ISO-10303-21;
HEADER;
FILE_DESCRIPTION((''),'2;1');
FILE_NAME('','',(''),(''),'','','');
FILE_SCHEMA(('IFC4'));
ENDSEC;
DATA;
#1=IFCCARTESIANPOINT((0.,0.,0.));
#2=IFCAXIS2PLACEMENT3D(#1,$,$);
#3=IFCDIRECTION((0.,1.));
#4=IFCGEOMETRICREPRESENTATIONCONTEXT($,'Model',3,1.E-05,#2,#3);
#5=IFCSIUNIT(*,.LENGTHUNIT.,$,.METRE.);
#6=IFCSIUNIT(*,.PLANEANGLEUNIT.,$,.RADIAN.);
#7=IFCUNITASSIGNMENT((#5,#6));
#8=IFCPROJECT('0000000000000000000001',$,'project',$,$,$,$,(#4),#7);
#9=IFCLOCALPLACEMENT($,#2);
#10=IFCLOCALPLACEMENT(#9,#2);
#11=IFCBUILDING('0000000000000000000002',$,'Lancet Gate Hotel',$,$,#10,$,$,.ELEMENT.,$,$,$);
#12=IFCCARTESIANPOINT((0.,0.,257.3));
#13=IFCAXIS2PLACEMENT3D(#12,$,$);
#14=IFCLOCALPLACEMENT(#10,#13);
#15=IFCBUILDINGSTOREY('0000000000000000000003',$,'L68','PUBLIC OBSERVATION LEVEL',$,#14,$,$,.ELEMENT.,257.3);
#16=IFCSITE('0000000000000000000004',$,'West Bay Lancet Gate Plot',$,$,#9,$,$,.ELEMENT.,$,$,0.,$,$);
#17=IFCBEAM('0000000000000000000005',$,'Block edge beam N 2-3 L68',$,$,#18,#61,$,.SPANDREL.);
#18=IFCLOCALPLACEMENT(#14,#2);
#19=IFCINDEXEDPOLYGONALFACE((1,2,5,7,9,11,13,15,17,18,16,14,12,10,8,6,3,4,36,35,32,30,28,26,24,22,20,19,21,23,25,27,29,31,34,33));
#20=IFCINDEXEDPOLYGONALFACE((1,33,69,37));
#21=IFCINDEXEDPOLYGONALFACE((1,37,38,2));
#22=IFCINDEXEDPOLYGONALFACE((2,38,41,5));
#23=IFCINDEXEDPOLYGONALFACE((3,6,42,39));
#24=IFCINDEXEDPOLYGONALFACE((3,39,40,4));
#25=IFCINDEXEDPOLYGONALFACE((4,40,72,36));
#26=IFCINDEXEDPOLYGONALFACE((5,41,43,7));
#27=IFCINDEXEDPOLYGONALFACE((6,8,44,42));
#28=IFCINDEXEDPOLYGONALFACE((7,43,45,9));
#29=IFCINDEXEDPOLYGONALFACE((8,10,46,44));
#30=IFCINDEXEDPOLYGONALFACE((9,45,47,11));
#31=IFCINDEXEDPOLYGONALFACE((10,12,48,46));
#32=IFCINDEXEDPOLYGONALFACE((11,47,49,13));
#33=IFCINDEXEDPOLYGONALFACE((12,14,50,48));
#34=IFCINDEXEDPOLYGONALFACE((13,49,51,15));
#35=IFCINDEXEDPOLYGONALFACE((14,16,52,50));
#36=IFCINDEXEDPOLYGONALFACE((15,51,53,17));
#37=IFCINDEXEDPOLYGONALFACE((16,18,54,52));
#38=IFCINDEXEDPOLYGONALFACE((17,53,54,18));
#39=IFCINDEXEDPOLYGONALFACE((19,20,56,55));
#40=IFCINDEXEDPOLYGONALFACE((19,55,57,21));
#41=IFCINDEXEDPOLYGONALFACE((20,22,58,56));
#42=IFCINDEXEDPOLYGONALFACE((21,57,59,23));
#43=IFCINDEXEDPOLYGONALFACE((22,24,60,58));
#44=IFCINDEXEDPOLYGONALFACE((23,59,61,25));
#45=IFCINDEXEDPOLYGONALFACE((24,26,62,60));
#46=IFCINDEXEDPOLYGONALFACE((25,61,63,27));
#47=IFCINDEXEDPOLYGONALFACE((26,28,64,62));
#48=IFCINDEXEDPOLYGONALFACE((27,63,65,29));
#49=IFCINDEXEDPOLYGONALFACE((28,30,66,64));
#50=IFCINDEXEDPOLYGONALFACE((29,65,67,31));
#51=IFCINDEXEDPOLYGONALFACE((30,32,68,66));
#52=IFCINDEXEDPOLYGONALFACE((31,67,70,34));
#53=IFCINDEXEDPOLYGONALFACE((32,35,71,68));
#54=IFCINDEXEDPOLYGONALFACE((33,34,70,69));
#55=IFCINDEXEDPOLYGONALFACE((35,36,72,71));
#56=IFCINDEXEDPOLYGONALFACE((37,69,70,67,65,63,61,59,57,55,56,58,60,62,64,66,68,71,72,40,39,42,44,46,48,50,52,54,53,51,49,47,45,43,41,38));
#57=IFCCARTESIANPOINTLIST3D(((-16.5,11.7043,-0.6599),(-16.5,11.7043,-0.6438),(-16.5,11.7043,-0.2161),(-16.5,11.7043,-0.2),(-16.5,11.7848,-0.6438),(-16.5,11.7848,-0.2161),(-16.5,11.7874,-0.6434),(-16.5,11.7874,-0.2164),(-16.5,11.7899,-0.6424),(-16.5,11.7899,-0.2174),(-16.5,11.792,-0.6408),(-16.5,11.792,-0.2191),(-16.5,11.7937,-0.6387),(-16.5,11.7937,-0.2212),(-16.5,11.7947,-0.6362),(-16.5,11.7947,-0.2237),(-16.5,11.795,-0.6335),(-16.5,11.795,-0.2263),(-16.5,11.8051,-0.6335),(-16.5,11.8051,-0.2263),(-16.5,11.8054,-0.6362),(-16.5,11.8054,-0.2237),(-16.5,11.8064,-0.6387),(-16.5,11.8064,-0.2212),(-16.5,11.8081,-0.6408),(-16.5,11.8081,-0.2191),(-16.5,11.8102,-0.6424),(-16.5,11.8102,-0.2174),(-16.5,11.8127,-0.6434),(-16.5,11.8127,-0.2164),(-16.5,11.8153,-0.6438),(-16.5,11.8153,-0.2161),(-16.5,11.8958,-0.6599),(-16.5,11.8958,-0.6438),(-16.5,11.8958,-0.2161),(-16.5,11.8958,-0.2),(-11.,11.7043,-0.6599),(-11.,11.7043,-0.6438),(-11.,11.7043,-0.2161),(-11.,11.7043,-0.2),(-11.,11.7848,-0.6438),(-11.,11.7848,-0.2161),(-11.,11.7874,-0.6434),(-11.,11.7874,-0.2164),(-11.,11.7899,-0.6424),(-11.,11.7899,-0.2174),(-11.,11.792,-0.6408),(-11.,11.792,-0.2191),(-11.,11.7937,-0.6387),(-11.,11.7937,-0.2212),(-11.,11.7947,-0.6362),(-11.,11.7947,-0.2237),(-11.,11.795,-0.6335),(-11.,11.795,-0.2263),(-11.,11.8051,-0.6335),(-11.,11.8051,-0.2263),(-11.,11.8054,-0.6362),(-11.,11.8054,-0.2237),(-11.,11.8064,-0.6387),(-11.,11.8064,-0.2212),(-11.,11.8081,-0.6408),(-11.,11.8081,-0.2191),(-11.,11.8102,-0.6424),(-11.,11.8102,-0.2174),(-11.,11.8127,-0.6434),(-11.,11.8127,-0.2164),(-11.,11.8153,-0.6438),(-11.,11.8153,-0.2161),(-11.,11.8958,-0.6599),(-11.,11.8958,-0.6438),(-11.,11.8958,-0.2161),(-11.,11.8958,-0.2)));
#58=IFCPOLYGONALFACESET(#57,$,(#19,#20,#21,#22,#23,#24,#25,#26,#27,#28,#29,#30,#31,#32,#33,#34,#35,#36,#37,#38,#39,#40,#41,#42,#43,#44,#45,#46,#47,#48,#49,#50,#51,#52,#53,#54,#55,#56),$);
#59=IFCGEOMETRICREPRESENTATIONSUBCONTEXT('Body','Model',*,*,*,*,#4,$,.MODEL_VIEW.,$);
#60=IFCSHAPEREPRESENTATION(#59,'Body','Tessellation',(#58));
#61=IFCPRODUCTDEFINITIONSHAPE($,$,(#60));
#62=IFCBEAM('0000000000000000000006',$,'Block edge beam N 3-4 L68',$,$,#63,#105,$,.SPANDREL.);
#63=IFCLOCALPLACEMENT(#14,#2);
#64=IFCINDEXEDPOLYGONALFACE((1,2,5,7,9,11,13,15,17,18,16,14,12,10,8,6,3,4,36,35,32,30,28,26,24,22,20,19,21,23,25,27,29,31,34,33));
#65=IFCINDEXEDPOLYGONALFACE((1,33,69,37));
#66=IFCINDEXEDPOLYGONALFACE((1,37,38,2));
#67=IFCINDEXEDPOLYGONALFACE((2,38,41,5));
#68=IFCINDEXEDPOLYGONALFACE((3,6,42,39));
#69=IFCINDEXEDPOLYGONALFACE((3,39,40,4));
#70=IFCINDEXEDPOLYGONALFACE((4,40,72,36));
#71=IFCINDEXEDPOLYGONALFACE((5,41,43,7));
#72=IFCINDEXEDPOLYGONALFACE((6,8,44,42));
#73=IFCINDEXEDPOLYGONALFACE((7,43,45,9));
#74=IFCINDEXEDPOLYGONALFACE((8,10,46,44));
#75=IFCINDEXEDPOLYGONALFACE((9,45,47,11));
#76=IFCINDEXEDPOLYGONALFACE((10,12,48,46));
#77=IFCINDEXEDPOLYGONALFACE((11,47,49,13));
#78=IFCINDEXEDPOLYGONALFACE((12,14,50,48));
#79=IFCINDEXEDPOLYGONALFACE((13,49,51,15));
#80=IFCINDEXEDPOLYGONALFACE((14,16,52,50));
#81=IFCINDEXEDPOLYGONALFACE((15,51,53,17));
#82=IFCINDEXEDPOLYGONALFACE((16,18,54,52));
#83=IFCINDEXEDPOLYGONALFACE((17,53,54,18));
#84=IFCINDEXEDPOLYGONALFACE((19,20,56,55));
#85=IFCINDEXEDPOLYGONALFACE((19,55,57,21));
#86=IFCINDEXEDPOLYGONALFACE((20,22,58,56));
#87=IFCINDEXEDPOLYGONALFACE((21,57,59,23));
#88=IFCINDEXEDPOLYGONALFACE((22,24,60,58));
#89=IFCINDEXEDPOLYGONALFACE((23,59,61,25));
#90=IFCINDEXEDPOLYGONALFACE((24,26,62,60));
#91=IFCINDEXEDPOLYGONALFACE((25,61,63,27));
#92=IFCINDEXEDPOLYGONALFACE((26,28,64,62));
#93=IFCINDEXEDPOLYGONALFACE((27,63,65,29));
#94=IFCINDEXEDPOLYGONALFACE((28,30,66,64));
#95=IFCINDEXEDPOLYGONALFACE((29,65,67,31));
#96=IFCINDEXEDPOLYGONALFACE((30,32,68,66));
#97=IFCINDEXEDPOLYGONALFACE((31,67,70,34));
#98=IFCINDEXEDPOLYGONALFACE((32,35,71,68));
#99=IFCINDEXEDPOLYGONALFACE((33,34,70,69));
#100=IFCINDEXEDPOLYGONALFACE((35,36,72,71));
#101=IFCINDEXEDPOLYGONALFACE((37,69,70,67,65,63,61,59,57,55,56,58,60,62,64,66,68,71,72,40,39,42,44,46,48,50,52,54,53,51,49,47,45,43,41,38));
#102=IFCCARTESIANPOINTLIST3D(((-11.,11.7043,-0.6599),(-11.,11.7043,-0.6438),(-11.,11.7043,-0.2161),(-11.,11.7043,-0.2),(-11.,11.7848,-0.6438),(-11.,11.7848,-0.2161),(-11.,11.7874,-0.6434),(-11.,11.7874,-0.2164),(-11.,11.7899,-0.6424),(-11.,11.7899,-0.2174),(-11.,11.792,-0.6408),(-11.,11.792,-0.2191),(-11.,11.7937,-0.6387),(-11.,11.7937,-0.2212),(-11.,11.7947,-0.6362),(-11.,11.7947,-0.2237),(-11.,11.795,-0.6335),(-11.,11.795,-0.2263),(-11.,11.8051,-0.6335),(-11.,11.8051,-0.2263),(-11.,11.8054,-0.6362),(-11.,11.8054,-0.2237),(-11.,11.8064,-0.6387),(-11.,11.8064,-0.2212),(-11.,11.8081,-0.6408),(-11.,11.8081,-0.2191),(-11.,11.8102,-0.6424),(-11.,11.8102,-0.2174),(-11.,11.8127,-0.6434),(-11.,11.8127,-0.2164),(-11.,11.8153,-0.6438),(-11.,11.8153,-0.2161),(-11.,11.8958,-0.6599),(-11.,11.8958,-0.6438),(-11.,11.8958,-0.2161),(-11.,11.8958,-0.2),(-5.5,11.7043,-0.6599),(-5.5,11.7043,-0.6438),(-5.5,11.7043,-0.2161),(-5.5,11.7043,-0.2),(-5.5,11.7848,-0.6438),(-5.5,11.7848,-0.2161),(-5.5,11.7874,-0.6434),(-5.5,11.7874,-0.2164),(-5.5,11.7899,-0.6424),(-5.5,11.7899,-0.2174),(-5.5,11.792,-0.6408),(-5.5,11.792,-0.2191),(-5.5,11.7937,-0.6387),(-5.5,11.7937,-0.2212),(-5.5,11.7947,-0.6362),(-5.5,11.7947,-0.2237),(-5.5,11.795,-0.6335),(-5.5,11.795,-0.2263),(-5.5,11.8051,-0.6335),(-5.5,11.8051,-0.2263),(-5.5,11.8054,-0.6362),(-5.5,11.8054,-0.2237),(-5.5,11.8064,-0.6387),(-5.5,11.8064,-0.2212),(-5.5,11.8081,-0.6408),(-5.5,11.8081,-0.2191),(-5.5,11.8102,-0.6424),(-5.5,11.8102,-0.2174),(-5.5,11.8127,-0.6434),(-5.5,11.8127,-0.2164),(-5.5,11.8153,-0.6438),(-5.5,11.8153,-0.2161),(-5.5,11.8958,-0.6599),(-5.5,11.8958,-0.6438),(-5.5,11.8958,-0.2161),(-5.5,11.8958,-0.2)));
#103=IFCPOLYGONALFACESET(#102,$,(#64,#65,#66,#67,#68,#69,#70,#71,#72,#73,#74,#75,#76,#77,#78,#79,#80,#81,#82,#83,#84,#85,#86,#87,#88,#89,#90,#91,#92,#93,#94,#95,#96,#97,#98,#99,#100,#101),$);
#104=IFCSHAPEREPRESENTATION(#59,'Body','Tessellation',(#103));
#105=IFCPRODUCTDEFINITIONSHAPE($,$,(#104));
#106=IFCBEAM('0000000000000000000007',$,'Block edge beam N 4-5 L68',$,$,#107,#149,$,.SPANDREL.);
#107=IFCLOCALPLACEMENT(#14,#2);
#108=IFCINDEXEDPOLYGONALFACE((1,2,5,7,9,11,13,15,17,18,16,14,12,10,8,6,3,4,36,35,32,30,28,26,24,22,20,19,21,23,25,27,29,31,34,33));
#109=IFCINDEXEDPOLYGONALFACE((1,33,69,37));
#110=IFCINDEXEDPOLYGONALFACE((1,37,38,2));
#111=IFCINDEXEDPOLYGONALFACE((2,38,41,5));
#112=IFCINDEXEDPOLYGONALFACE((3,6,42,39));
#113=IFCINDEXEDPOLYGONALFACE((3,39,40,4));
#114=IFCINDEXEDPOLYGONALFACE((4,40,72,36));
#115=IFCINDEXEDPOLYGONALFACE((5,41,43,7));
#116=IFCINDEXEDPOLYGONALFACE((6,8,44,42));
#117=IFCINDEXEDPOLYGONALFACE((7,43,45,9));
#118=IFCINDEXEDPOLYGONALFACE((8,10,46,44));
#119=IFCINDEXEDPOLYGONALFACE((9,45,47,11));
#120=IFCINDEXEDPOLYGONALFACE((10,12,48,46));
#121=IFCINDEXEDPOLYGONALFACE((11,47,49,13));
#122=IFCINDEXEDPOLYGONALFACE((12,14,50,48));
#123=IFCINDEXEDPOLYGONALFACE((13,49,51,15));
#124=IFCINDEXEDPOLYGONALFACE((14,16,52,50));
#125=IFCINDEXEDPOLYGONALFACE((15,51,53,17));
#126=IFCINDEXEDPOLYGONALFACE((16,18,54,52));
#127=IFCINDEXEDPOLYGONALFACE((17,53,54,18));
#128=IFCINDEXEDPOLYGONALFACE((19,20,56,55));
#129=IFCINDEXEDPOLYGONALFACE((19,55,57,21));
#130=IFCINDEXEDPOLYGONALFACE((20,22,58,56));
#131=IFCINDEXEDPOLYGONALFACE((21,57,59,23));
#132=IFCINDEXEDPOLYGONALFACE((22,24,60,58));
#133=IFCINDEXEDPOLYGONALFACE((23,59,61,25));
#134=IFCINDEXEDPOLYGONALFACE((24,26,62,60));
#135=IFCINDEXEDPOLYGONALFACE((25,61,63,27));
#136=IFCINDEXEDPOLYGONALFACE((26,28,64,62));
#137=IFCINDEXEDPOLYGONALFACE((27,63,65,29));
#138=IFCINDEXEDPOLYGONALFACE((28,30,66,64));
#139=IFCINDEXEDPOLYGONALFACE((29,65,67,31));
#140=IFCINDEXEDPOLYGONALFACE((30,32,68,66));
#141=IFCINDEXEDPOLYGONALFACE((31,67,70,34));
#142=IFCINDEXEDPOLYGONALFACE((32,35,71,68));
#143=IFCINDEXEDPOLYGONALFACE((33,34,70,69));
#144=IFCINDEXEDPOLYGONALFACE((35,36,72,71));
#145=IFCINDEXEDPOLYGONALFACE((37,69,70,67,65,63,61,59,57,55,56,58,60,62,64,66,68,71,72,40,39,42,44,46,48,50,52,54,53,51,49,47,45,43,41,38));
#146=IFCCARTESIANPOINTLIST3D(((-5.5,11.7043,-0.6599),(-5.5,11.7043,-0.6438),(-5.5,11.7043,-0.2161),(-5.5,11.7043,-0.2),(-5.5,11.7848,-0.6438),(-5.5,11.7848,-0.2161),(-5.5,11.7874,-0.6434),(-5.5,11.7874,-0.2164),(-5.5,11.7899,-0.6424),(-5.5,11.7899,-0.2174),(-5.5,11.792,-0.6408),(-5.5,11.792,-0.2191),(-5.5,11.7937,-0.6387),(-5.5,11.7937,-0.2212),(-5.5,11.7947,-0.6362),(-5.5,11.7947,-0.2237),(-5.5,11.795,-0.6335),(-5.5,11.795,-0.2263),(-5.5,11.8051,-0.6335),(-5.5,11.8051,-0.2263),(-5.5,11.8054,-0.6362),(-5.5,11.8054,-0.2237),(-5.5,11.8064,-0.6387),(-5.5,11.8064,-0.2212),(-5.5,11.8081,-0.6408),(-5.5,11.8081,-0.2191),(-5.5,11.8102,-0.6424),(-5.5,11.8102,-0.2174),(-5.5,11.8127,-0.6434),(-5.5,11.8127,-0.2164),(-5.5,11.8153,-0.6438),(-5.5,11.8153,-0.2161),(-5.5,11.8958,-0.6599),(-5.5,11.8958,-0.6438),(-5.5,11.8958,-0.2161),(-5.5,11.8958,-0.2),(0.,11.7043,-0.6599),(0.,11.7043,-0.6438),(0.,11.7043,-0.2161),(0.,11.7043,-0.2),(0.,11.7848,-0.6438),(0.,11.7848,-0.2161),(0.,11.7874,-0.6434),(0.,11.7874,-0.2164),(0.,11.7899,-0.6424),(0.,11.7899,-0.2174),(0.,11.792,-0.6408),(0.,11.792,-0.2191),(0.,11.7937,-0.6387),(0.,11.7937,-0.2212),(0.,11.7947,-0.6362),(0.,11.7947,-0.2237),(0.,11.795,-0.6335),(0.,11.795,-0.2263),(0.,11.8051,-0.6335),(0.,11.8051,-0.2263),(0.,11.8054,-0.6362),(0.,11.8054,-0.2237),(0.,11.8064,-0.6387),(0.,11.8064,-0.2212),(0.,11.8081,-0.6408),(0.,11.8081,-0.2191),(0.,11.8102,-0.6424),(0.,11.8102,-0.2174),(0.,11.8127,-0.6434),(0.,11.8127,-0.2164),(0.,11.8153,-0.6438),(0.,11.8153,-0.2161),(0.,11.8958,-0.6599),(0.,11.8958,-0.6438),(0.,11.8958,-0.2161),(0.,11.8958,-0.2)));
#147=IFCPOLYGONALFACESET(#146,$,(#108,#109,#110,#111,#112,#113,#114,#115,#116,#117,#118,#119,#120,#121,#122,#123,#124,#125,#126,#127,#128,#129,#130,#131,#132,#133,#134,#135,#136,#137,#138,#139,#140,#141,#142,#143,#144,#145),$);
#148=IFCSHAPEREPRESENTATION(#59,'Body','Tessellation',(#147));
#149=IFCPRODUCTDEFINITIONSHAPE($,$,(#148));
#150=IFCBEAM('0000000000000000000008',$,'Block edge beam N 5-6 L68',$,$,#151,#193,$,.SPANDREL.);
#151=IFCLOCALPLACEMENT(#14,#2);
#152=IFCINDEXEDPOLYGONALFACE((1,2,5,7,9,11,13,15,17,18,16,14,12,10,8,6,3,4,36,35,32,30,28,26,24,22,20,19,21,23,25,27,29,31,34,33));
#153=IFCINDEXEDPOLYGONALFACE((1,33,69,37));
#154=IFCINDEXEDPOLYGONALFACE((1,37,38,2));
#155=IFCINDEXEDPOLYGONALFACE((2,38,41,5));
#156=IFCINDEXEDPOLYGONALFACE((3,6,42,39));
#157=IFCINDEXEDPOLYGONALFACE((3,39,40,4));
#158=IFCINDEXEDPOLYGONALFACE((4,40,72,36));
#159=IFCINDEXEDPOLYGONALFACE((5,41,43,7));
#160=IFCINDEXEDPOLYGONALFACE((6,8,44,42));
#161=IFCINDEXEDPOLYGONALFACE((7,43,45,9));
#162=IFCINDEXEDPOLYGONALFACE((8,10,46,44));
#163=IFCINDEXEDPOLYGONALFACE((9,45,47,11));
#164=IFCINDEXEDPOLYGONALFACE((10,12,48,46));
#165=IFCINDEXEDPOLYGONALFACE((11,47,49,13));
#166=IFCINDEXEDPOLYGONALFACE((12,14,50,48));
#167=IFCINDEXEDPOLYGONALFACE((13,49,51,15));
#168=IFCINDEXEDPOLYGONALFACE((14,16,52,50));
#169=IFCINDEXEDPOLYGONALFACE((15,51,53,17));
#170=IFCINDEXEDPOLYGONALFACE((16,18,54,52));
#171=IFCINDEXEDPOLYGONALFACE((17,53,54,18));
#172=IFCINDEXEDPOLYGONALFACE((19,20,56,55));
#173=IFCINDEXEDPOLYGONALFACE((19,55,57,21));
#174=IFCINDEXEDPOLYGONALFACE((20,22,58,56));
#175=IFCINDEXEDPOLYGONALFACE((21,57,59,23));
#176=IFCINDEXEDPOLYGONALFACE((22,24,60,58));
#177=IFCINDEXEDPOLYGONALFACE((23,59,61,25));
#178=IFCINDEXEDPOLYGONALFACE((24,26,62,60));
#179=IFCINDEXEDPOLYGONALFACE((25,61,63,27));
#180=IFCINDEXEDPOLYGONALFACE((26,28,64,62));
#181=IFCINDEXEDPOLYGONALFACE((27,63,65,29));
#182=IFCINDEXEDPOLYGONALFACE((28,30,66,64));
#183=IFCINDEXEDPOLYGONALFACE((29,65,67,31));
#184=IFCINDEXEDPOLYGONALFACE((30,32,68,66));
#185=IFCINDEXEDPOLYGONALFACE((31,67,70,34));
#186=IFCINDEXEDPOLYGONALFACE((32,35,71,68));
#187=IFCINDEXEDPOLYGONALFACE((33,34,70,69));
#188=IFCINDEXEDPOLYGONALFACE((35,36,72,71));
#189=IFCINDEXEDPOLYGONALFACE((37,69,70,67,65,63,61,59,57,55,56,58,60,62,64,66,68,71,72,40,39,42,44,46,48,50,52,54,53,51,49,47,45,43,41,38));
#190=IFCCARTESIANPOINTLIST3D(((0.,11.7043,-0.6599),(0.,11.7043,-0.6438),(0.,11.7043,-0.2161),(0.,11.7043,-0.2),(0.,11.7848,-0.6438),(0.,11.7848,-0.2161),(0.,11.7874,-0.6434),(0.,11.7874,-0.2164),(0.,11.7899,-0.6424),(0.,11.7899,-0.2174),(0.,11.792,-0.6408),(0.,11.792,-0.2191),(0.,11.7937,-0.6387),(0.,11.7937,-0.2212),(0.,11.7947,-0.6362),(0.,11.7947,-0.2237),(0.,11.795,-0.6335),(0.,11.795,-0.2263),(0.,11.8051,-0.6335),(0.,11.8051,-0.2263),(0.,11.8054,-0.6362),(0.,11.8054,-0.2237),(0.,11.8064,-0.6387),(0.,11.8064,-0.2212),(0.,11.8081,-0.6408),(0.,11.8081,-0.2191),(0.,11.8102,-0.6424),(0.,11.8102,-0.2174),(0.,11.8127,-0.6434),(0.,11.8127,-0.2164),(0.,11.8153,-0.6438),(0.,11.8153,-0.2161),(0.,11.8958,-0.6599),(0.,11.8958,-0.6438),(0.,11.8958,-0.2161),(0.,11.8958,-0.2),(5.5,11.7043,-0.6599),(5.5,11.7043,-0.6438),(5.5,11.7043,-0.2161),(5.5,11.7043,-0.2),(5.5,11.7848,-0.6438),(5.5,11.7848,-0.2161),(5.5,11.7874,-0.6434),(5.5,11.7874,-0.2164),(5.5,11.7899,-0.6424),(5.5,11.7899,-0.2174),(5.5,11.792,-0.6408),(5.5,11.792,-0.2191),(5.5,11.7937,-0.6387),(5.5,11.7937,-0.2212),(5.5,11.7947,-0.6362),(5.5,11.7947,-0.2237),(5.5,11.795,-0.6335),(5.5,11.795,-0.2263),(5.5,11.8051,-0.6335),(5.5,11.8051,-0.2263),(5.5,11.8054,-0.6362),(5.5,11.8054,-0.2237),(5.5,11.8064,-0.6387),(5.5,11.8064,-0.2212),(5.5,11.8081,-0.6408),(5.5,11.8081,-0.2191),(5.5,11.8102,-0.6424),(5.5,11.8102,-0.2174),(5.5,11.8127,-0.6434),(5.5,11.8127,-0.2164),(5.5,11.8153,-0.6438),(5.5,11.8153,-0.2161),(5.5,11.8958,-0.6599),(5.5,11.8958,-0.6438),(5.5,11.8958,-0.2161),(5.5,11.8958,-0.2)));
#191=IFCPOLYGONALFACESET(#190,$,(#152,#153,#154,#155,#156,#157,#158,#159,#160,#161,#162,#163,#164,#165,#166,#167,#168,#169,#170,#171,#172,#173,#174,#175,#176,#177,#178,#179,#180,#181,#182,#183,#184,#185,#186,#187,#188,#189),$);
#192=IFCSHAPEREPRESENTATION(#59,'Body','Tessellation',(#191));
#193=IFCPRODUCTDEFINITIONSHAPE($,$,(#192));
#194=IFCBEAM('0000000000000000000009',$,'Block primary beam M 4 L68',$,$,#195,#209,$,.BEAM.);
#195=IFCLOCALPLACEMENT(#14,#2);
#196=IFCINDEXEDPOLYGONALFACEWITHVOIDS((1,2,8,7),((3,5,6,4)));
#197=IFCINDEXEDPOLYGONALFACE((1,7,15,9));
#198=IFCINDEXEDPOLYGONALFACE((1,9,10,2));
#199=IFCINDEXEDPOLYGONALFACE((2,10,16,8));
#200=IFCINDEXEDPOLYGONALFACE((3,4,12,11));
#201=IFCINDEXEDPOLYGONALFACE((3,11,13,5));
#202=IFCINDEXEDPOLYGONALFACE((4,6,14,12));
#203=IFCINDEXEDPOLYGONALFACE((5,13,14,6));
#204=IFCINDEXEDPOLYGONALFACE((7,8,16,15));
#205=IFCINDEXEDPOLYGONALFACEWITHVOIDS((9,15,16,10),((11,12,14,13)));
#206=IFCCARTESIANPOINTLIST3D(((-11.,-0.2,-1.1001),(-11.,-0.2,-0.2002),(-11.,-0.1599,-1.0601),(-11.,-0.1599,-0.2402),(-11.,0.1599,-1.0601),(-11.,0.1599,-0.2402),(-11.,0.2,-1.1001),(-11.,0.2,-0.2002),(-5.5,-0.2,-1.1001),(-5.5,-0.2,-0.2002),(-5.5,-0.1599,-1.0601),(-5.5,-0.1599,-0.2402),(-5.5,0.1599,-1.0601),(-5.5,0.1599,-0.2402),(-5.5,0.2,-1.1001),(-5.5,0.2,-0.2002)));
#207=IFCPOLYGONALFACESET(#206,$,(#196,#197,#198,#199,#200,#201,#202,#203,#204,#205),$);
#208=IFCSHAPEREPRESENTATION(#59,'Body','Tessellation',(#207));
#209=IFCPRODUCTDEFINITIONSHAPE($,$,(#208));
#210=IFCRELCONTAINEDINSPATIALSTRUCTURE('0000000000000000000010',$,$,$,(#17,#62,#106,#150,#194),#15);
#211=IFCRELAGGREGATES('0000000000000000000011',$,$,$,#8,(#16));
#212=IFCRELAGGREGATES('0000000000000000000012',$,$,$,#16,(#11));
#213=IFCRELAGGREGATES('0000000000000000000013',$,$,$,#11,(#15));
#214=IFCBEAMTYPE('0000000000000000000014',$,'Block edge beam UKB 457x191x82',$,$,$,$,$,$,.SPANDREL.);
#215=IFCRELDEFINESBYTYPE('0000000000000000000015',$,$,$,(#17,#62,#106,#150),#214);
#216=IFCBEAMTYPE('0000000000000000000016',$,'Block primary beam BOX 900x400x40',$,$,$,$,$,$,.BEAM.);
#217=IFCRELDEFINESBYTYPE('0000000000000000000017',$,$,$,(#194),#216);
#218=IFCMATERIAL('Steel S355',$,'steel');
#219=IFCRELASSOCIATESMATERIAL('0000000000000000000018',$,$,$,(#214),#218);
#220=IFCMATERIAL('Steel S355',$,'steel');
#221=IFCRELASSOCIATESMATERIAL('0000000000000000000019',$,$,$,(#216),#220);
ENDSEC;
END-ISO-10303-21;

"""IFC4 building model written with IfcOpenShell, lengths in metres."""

from ifc_helpers import new_model, si_unit, direction, frame, origin, origin_2d, place, context, subcontext, project, spatial, hollow_rectangle, i_section, extrude, material, material_profile, profile_set, type_object, element, save


model = new_model("IFC4")

# Units and contexts
model_context = context("Model", 3, precision=1e-05, world=origin(), true_north=direction((0.0, 1.0)))
body_context = subcontext(model_context, "Body", "Model", "MODEL_VIEW")
ifc_project = project(units=[si_unit("LENGTHUNIT", "METRE"), si_unit("PLANEANGLEUNIT", "RADIAN")], contexts=[model_context])

# Site, building, storey
site_placement = place(None, origin())
site = spatial("IfcSite", under=ifc_project, at=site_placement, Name="West Bay Lancet Gate Plot", CompositionType="ELEMENT", RefElevation=0.0)
building_placement = place(site_placement, origin())
building = spatial("IfcBuilding", under=site, at=building_placement, Name="Lancet Gate Hotel", CompositionType="ELEMENT")
storey_placement = place(building_placement, frame((0.0, 0.0, 257.3)))
storey = spatial("IfcBuildingStorey", under=building, at=storey_placement, Name="L68", Description="PUBLIC OBSERVATION LEVEL", CompositionType="ELEMENT", Elevation=257.3)

# Beams
ifc_material_1 = material(Name="Steel S355", Category="steel")
ifc_material_profile_1 = material_profile(ifc_material_1, i_section(OverallWidth=0.1914, OverallDepth=0.46, WebThickness=0.01, FlangeThickness=0.0161, FilletRadius=0.0103, at=origin_2d()), Name="UKB 457x191x82")
ifc_profile_set_1 = profile_set([ifc_material_profile_1], Name="Steel S355")
beam_type_1 = type_object("IfcBeamType", Name="Block edge beam UKB 457x191x82", PredefinedType="SPANDREL", material=ifc_profile_set_1)
for number, where, z_axis, x_axis, name in (
    (1, (-16.5, 11.8, -0.4299), (1.0, 0.0, 0.0), (0.0, 1.0, 0.0), "Block edge beam N 2-3 L68"),
    (2, (-11.0, 11.8, -0.4299), (1.0, 0.0, 0.0), (0.0, 1.0, 0.0), "Block edge beam N 3-4 L68"),
    (3, (-5.5, 11.8, -0.4299), (1.0, 0.0, 0.0), (0.0, 1.0, 0.0), "Block edge beam N 4-5 L68"),
    (4, (0.0, 11.8, -0.4299), (1.0, 0.0, 0.0), (0.0, 1.0, 0.0), "Block edge beam N 5-6 L68"),
):
    element("IfcBeam", number, at=place(storey_placement, frame(where, z_axis=z_axis, x_axis=x_axis)), inside=storey, type_object=beam_type_1, Name=name, PredefinedType="SPANDREL", context=body_context, shape_type="SweptSolid", body=[
        extrude(i_section(OverallWidth=0.1914, OverallDepth=0.46, WebThickness=0.01, FlangeThickness=0.0161, FilletRadius=0.0103, at=origin_2d()), origin(), (0.0, 0.0, 1.0), 5.5),
    ])
ifc_material_2 = material(Name="Steel S355", Category="steel")
ifc_material_profile_2 = material_profile(ifc_material_2, hollow_rectangle(XDim=0.3999, YDim=0.8999, WallThickness=0.04, at=origin_2d()), Name="BOX 900x400x40")
ifc_profile_set_2 = profile_set([ifc_material_profile_2], Name="Steel S355")
beam_type_2 = type_object("IfcBeamType", Name="Block primary beam BOX 900x400x40", PredefinedType="BEAM", material=ifc_profile_set_2)
for number, where, z_axis, x_axis, name in (
    (5, (-11.0, 0.0, -0.6501), (1.0, 0.0, 0.0), (0.0, 1.0, 0.0), "Block primary beam M 4 L68"),
):
    element("IfcBeam", number, at=place(storey_placement, frame(where, z_axis=z_axis, x_axis=x_axis)), inside=storey, type_object=beam_type_2, Name=name, PredefinedType="BEAM", context=body_context, shape_type="SweptSolid", body=[
        extrude(hollow_rectangle(XDim=0.3999, YDim=0.8999, WallThickness=0.04, at=origin_2d()), origin(), (0.0, 0.0, 1.0), 5.5),
    ])

save(model, "model.ifc")
